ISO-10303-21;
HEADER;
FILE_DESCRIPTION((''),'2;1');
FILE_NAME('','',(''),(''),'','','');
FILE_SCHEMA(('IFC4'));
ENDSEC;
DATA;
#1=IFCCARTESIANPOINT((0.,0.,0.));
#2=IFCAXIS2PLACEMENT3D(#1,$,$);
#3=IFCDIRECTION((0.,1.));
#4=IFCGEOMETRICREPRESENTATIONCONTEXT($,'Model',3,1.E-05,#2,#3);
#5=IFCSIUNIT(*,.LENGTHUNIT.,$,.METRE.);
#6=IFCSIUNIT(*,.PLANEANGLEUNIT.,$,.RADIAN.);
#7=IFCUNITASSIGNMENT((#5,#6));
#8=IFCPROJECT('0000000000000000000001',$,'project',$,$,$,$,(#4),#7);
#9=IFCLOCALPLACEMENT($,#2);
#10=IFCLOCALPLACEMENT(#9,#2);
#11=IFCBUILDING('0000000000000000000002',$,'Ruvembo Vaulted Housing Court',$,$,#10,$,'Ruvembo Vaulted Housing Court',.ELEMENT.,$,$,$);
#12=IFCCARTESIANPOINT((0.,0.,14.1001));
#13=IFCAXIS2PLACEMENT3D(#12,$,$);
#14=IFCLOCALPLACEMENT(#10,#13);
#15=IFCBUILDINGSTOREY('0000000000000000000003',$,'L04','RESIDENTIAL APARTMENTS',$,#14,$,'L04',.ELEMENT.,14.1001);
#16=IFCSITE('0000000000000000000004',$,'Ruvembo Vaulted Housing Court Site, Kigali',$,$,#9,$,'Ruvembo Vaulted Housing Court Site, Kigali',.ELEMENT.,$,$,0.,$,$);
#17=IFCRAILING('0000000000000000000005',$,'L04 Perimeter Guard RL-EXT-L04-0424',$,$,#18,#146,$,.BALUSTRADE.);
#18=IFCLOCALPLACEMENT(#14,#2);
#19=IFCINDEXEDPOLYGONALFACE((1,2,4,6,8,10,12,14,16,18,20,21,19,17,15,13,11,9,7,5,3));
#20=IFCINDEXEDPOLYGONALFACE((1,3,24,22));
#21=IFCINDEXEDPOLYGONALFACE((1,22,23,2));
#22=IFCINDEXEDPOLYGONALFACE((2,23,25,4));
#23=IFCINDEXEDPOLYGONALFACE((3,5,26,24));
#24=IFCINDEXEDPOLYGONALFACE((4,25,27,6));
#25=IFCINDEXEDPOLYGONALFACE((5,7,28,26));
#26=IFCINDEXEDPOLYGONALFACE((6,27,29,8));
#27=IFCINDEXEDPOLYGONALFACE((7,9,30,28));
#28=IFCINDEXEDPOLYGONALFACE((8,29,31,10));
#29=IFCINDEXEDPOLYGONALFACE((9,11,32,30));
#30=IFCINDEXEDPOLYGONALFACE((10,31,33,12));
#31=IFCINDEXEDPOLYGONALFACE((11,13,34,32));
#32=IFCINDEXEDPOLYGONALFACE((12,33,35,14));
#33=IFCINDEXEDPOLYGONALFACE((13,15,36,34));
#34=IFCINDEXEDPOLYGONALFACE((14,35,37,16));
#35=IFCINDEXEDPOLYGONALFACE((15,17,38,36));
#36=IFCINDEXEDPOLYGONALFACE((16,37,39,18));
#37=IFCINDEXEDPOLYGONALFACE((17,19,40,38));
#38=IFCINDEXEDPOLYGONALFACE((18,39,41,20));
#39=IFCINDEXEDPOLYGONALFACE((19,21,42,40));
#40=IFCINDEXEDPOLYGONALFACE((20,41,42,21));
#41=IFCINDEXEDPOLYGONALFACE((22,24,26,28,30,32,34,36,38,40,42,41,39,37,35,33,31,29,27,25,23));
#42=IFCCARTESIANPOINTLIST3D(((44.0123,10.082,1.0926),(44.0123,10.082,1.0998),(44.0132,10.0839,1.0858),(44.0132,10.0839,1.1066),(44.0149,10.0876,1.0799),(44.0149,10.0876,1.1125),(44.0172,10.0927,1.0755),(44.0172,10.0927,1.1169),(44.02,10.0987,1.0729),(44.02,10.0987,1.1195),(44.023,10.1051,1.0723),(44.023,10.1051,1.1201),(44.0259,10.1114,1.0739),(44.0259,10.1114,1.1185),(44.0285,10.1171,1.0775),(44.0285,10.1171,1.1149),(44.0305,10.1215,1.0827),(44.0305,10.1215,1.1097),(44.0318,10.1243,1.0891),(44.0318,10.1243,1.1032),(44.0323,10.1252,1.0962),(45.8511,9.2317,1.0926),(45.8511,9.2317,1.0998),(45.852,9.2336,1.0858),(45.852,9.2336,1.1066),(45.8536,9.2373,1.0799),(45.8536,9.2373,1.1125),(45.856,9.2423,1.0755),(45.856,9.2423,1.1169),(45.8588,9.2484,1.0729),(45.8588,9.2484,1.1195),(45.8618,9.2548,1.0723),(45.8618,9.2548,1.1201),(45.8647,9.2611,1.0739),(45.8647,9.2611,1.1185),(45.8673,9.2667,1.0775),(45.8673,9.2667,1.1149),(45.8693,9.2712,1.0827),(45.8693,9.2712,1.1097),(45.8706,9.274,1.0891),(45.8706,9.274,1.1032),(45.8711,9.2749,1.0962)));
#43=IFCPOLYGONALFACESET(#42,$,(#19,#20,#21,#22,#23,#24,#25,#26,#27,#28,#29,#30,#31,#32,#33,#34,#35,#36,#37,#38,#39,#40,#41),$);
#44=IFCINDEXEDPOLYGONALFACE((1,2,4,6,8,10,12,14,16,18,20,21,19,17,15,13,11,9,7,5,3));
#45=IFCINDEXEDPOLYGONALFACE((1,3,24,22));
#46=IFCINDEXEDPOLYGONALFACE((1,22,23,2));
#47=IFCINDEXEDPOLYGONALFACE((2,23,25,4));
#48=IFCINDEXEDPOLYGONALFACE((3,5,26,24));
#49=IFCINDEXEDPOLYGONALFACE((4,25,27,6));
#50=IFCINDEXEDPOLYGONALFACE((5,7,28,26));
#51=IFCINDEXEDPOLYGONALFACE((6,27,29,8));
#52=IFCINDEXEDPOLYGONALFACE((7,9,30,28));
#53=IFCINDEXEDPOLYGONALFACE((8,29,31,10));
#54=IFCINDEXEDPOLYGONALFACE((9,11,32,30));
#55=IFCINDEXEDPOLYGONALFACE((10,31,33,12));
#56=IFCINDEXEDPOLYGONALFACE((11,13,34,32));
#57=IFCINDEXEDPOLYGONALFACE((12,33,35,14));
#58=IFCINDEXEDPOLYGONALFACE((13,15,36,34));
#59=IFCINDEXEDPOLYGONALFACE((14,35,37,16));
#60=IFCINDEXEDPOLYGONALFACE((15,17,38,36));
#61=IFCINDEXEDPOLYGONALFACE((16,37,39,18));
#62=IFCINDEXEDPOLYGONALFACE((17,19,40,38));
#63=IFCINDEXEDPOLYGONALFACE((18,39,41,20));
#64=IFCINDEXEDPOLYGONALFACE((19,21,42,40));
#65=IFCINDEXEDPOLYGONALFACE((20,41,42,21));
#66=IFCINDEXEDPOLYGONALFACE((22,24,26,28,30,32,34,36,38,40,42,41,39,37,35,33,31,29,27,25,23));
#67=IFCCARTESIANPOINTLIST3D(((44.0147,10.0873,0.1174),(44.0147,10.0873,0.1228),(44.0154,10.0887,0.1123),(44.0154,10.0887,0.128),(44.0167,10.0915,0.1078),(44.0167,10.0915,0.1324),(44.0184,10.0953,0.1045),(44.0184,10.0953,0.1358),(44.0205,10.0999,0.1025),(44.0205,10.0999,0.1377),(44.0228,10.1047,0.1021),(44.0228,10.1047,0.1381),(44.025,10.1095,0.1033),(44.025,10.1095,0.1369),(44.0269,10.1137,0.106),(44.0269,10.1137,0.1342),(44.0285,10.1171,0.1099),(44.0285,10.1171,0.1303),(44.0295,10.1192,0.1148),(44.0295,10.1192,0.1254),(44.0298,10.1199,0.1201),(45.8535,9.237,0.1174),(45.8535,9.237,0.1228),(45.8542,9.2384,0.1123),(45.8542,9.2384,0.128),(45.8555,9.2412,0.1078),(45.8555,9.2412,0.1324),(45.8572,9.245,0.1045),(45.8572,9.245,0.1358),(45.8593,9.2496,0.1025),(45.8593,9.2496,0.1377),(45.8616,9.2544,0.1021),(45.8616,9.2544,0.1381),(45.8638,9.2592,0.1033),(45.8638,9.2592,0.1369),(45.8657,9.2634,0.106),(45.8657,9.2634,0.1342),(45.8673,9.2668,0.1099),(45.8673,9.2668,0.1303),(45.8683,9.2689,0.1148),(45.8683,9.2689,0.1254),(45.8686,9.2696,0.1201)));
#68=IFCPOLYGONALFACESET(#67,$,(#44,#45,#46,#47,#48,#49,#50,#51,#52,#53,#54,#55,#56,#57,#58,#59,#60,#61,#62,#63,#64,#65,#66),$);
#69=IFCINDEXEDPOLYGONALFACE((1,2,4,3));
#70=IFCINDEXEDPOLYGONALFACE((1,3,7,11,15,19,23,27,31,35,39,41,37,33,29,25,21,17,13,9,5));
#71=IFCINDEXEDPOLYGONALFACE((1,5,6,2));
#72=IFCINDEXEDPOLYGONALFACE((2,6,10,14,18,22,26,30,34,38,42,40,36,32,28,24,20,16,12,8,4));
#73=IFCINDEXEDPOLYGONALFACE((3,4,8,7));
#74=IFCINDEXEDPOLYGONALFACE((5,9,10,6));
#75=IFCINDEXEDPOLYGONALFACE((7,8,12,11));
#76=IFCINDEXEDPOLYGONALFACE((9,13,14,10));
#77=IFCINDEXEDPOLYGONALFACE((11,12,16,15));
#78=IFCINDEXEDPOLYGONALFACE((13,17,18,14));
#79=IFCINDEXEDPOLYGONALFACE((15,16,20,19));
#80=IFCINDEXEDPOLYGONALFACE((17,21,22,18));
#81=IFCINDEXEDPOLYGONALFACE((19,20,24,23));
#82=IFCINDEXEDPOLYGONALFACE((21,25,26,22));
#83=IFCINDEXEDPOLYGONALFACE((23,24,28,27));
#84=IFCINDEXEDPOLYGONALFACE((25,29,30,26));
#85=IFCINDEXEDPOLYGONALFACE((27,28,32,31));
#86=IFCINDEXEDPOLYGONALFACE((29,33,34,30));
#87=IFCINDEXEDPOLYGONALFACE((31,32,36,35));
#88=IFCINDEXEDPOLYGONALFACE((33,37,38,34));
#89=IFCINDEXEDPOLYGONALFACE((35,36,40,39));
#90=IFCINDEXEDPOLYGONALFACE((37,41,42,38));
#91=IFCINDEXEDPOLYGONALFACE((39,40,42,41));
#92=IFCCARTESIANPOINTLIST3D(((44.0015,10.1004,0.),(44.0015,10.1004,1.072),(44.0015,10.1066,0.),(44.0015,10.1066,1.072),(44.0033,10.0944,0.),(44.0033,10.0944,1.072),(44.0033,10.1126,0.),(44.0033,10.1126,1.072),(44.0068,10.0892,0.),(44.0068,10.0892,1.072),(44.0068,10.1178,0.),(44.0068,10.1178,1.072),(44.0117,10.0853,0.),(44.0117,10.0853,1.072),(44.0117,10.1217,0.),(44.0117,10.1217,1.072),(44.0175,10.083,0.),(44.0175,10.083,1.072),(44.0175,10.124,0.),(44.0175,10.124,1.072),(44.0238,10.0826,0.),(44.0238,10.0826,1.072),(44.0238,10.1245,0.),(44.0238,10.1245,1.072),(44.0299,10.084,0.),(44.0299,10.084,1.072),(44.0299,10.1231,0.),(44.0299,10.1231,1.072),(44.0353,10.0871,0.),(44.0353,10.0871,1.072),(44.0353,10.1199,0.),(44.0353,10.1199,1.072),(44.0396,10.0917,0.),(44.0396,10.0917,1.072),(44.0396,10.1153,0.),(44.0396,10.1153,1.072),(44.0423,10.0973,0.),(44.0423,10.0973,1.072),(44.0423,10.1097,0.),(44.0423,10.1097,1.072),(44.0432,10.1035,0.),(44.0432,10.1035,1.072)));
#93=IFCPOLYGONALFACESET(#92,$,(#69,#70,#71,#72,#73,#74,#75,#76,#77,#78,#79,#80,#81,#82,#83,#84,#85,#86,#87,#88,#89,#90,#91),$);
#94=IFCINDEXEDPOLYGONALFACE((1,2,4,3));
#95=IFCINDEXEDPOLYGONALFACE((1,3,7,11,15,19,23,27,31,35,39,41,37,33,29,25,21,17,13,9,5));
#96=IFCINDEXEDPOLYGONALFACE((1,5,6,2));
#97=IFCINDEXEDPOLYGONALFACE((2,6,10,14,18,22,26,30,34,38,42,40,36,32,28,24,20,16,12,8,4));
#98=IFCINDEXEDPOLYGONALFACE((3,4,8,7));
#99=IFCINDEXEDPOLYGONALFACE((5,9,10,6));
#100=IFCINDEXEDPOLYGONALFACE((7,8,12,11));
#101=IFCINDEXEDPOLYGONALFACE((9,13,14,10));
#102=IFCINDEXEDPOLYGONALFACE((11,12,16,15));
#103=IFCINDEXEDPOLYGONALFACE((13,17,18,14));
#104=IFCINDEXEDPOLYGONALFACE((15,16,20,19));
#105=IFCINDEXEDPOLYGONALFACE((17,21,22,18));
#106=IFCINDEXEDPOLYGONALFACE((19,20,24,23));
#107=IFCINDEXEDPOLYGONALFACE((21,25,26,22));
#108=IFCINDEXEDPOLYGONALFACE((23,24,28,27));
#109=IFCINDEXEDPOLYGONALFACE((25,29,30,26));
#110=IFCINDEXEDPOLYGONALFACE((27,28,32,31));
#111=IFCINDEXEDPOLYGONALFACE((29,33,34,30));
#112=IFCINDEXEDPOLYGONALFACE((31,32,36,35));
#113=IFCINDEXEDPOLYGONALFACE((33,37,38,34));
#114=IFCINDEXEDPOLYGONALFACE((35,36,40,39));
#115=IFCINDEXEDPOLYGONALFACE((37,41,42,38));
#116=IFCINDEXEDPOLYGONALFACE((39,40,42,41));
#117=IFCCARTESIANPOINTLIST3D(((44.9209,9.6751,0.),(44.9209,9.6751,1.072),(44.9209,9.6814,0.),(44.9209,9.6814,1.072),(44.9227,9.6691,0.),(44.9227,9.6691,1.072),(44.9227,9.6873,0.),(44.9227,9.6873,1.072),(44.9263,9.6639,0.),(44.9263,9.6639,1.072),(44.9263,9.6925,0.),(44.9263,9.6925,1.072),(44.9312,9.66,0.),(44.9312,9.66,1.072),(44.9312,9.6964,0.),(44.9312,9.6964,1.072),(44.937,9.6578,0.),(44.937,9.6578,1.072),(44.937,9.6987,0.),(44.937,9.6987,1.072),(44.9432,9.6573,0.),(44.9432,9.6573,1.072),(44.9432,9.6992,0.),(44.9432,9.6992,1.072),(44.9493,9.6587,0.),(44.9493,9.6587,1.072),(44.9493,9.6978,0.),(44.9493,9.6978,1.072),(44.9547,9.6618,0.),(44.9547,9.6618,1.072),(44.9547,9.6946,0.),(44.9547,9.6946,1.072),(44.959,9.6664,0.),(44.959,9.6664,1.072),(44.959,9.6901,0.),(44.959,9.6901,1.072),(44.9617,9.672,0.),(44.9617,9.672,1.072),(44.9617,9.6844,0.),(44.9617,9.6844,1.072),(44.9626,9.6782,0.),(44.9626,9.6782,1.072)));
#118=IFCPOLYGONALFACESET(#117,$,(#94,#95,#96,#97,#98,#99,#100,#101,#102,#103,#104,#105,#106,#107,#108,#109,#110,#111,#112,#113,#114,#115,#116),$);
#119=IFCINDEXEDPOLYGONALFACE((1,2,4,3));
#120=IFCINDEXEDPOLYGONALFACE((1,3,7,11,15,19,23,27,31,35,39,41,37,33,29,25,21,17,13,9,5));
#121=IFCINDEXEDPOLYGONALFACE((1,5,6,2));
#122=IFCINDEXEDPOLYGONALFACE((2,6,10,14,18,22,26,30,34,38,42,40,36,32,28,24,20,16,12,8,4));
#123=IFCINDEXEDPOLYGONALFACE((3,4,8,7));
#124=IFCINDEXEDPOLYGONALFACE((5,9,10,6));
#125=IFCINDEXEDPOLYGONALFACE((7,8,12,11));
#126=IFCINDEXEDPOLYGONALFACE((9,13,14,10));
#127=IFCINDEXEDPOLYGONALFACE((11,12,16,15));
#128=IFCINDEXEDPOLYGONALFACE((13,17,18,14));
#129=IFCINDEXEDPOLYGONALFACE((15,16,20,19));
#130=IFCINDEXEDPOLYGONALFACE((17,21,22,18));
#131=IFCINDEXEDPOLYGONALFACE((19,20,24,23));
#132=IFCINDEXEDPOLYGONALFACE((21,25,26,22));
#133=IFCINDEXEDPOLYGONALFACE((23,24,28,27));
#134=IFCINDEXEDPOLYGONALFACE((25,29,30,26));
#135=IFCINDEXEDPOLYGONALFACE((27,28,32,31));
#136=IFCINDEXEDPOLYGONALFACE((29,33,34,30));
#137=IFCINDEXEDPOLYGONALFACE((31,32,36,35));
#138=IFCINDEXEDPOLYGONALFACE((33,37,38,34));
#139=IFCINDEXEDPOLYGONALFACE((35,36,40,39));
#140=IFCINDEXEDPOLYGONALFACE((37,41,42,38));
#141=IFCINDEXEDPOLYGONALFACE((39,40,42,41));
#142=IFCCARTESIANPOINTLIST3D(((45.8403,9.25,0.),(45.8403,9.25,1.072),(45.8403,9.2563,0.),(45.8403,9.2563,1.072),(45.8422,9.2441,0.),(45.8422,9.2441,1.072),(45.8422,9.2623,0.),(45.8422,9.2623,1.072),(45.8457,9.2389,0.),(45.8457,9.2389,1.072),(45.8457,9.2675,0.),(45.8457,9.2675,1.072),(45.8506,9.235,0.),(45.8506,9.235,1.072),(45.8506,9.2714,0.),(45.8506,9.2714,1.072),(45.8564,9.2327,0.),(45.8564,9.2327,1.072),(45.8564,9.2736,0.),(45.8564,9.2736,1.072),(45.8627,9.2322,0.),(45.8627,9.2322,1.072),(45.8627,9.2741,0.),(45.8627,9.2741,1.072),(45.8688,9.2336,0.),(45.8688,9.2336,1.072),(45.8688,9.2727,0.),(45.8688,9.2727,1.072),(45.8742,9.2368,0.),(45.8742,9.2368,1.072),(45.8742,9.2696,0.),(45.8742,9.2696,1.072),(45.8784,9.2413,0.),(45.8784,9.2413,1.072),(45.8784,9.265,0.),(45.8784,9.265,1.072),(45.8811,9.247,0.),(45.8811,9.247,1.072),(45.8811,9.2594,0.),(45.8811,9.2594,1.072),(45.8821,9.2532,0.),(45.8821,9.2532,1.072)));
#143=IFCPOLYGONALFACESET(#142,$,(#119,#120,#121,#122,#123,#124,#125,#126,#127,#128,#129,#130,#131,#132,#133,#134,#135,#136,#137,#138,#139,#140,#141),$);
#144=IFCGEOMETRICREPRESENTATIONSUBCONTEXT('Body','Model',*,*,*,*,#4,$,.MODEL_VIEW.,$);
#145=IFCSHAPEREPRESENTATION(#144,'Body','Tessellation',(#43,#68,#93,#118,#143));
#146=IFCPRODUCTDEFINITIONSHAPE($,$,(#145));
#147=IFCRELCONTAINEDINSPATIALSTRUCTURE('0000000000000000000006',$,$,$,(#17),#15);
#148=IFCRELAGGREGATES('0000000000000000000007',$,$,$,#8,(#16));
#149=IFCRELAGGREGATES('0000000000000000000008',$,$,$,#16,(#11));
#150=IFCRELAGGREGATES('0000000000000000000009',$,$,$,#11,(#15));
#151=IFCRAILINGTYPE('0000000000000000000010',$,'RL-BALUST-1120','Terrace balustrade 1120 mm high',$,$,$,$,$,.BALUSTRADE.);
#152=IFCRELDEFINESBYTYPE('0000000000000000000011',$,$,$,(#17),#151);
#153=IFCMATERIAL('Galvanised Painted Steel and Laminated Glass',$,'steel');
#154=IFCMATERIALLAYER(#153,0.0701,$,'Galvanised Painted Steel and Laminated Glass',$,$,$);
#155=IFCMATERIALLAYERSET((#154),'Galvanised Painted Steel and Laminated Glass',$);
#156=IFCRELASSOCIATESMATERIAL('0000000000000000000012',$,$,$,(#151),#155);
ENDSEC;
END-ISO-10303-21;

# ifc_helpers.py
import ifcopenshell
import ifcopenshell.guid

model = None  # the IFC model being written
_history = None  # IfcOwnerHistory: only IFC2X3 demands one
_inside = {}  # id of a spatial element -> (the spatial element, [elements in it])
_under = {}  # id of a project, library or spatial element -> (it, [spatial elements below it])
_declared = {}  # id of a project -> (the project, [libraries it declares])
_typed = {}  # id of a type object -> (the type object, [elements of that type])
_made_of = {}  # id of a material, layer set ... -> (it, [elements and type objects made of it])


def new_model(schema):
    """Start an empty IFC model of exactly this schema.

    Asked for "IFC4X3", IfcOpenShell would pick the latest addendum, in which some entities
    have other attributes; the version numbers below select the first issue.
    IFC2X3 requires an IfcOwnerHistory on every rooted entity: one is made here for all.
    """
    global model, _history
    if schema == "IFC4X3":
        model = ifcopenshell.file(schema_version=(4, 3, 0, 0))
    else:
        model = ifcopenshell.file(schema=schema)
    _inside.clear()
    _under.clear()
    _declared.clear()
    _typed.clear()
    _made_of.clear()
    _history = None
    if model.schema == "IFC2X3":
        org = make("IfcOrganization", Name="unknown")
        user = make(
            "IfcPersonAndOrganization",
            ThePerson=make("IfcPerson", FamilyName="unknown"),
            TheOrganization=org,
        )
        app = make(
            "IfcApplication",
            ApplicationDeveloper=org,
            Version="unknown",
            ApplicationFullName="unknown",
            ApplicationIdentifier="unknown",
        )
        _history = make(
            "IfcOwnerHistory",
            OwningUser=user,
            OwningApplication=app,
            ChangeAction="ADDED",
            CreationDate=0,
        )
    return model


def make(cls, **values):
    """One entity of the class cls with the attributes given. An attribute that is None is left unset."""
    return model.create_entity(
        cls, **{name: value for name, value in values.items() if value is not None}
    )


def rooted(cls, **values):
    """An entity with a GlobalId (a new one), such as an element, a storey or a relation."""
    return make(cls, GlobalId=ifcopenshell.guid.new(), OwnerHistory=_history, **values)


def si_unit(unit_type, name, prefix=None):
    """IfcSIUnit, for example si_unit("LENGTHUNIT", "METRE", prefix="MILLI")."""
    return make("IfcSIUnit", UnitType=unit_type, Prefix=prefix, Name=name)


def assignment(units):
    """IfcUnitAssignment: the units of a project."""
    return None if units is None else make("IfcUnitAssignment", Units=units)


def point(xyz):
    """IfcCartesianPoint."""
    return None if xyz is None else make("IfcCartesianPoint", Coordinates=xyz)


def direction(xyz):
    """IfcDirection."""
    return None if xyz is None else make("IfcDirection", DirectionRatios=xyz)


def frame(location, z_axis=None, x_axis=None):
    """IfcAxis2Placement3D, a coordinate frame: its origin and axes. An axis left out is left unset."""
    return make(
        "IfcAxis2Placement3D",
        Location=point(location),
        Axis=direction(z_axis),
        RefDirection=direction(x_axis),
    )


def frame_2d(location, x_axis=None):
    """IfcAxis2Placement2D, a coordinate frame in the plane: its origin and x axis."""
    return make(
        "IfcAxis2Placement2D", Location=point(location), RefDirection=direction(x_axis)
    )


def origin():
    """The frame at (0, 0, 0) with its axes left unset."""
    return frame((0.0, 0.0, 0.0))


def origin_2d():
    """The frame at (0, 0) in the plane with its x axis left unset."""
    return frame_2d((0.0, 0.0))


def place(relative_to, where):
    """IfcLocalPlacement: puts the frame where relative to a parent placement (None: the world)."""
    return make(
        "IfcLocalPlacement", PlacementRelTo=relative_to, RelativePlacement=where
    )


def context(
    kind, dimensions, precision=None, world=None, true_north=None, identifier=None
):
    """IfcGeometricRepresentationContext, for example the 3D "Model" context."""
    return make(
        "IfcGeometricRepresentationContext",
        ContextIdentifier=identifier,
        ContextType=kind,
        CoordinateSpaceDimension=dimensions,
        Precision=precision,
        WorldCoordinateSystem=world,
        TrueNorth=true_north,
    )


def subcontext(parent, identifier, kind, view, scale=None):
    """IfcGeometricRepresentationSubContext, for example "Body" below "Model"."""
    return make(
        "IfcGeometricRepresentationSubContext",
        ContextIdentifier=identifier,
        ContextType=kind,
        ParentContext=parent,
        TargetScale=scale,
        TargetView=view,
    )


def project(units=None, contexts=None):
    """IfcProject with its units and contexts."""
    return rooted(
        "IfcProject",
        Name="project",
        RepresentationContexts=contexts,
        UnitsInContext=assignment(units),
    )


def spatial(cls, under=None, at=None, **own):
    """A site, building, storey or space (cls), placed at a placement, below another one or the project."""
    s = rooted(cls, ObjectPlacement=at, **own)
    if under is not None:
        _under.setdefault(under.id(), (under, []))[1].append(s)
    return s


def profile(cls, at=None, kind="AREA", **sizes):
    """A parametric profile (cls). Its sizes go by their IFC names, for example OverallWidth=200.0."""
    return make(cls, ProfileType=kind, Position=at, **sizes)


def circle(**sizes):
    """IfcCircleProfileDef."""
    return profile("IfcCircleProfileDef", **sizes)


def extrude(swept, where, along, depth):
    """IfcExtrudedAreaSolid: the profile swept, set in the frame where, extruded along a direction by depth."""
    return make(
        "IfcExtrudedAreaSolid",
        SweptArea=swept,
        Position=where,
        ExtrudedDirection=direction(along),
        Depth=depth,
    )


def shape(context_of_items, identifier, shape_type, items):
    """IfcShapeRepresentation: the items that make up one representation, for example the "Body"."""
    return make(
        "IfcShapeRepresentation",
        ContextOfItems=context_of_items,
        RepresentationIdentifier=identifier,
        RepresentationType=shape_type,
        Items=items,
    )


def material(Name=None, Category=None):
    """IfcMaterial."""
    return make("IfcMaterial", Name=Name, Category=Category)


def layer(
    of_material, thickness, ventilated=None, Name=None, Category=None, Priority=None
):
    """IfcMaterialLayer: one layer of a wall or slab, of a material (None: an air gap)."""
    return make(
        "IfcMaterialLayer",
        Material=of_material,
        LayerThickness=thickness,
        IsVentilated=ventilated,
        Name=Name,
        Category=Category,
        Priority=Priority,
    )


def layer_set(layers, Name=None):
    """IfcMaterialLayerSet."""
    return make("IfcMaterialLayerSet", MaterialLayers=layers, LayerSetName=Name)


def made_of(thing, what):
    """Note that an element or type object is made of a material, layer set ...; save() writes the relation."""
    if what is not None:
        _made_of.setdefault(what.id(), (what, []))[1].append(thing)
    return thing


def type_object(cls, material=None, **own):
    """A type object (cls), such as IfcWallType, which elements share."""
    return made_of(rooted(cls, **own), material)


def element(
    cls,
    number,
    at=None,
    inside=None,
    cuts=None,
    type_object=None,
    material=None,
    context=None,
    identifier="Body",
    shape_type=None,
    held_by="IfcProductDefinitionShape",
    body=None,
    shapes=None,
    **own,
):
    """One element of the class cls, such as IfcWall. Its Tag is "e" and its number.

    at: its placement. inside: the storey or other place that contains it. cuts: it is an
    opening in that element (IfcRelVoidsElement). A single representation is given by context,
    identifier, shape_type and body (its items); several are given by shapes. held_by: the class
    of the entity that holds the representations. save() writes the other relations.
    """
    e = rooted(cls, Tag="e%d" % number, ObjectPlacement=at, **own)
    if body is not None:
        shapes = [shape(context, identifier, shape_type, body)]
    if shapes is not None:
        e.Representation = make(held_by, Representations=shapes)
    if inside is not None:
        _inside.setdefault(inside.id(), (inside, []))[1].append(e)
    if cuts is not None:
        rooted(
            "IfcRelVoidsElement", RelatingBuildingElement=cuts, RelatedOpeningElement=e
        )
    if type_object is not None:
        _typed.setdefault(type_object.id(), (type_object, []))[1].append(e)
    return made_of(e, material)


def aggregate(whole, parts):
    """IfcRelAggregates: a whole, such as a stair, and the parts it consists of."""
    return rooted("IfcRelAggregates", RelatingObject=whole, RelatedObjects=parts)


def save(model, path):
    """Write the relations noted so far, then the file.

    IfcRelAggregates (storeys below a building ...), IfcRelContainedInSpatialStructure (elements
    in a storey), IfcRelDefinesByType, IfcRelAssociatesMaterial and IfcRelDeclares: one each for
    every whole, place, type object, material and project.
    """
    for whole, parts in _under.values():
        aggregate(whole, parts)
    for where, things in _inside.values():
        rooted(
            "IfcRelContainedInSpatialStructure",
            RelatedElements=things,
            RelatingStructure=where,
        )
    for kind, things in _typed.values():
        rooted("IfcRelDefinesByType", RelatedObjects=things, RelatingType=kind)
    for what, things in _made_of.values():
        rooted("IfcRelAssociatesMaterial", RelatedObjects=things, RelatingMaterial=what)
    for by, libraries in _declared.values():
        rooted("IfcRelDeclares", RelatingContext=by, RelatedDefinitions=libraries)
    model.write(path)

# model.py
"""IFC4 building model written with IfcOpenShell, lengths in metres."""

from ifc_helpers import new_model, si_unit, direction, frame, origin, origin_2d, place, context, subcontext, project, spatial, circle, extrude, material, layer, layer_set, type_object, element, save


model = new_model("IFC4")

# Units and contexts
model_context = context("Model", 3, precision=1e-05, world=origin(), true_north=direction((0.0, 1.0)))
body_context = subcontext(model_context, "Body", "Model", "MODEL_VIEW")
ifc_project = project(units=[si_unit("LENGTHUNIT", "METRE"), si_unit("PLANEANGLEUNIT", "RADIAN")], contexts=[model_context])

# Site, building, storey
site_placement = place(None, origin())
site = spatial("IfcSite", under=ifc_project, at=site_placement, Name="Ruvembo Vaulted Housing Court Site, Kigali", LongName="Ruvembo Vaulted Housing Court Site, Kigali", CompositionType="ELEMENT", RefElevation=0.0)
building_placement = place(site_placement, origin())
building = spatial("IfcBuilding", under=site, at=building_placement, Name="Ruvembo Vaulted Housing Court", LongName="Ruvembo Vaulted Housing Court", CompositionType="ELEMENT")
storey_placement = place(building_placement, frame((0.0, 0.0, 14.1001)))
storey = spatial("IfcBuildingStorey", under=building, at=storey_placement, Name="L04", Description="RESIDENTIAL APARTMENTS", LongName="L04", CompositionType="ELEMENT", Elevation=14.1001)

# Railing
ifc_material_1 = material(Name="Galvanised Painted Steel and Laminated Glass", Category="steel")
ifc_layer_1 = layer(ifc_material_1, 0.0701, Name="Galvanised Painted Steel and Laminated Glass")
ifc_layer_set_1 = layer_set([ifc_layer_1], Name="Galvanised Painted Steel and Laminated Glass")
railing_type = type_object("IfcRailingType", Name="RL-BALUST-1120", Description="Terrace balustrade 1120 mm high", PredefinedType="BALUSTRADE", material=ifc_layer_set_1)
railing_1_placement = place(storey_placement, frame((44.0222, 10.1035, 0.0)))
element("IfcRailing", 1, at=railing_1_placement, inside=storey, type_object=railing_type, Name="L04 Perimeter Guard RL-EXT-L04-0424", PredefinedType="BALUSTRADE", context=body_context, shape_type="SweptSolid", body=[
    extrude(circle(Radius=0.0239, at=origin_2d()), frame((0.0, 0.0, 1.0962), z_axis=(0.907652, -0.419723, 0.0), x_axis=(0.419723, 0.907652, 0.0)), (0.0, 0.0, 1.0), 2.0259),
    extrude(circle(Radius=0.0181, at=origin_2d()), frame((0.0, 0.0, 0.1201), z_axis=(0.907652, -0.419723, 0.0), x_axis=(0.419723, 0.907652, 0.0)), (0.0, 0.0, 1.0), 2.0259),
    extrude(circle(Radius=0.021, at=origin_2d()), origin(), (0.0, 0.0, 1.0), 1.072),
    extrude(circle(Radius=0.021, at=origin_2d()), frame((0.9194, -0.4253, 0.0)), (0.0, 0.0, 1.0), 1.072),
    extrude(circle(Radius=0.021, at=origin_2d()), frame((1.8389, -0.8503, 0.0)), (0.0, 0.0, 1.0), 1.072),
])

save(model, "model.ifc")
